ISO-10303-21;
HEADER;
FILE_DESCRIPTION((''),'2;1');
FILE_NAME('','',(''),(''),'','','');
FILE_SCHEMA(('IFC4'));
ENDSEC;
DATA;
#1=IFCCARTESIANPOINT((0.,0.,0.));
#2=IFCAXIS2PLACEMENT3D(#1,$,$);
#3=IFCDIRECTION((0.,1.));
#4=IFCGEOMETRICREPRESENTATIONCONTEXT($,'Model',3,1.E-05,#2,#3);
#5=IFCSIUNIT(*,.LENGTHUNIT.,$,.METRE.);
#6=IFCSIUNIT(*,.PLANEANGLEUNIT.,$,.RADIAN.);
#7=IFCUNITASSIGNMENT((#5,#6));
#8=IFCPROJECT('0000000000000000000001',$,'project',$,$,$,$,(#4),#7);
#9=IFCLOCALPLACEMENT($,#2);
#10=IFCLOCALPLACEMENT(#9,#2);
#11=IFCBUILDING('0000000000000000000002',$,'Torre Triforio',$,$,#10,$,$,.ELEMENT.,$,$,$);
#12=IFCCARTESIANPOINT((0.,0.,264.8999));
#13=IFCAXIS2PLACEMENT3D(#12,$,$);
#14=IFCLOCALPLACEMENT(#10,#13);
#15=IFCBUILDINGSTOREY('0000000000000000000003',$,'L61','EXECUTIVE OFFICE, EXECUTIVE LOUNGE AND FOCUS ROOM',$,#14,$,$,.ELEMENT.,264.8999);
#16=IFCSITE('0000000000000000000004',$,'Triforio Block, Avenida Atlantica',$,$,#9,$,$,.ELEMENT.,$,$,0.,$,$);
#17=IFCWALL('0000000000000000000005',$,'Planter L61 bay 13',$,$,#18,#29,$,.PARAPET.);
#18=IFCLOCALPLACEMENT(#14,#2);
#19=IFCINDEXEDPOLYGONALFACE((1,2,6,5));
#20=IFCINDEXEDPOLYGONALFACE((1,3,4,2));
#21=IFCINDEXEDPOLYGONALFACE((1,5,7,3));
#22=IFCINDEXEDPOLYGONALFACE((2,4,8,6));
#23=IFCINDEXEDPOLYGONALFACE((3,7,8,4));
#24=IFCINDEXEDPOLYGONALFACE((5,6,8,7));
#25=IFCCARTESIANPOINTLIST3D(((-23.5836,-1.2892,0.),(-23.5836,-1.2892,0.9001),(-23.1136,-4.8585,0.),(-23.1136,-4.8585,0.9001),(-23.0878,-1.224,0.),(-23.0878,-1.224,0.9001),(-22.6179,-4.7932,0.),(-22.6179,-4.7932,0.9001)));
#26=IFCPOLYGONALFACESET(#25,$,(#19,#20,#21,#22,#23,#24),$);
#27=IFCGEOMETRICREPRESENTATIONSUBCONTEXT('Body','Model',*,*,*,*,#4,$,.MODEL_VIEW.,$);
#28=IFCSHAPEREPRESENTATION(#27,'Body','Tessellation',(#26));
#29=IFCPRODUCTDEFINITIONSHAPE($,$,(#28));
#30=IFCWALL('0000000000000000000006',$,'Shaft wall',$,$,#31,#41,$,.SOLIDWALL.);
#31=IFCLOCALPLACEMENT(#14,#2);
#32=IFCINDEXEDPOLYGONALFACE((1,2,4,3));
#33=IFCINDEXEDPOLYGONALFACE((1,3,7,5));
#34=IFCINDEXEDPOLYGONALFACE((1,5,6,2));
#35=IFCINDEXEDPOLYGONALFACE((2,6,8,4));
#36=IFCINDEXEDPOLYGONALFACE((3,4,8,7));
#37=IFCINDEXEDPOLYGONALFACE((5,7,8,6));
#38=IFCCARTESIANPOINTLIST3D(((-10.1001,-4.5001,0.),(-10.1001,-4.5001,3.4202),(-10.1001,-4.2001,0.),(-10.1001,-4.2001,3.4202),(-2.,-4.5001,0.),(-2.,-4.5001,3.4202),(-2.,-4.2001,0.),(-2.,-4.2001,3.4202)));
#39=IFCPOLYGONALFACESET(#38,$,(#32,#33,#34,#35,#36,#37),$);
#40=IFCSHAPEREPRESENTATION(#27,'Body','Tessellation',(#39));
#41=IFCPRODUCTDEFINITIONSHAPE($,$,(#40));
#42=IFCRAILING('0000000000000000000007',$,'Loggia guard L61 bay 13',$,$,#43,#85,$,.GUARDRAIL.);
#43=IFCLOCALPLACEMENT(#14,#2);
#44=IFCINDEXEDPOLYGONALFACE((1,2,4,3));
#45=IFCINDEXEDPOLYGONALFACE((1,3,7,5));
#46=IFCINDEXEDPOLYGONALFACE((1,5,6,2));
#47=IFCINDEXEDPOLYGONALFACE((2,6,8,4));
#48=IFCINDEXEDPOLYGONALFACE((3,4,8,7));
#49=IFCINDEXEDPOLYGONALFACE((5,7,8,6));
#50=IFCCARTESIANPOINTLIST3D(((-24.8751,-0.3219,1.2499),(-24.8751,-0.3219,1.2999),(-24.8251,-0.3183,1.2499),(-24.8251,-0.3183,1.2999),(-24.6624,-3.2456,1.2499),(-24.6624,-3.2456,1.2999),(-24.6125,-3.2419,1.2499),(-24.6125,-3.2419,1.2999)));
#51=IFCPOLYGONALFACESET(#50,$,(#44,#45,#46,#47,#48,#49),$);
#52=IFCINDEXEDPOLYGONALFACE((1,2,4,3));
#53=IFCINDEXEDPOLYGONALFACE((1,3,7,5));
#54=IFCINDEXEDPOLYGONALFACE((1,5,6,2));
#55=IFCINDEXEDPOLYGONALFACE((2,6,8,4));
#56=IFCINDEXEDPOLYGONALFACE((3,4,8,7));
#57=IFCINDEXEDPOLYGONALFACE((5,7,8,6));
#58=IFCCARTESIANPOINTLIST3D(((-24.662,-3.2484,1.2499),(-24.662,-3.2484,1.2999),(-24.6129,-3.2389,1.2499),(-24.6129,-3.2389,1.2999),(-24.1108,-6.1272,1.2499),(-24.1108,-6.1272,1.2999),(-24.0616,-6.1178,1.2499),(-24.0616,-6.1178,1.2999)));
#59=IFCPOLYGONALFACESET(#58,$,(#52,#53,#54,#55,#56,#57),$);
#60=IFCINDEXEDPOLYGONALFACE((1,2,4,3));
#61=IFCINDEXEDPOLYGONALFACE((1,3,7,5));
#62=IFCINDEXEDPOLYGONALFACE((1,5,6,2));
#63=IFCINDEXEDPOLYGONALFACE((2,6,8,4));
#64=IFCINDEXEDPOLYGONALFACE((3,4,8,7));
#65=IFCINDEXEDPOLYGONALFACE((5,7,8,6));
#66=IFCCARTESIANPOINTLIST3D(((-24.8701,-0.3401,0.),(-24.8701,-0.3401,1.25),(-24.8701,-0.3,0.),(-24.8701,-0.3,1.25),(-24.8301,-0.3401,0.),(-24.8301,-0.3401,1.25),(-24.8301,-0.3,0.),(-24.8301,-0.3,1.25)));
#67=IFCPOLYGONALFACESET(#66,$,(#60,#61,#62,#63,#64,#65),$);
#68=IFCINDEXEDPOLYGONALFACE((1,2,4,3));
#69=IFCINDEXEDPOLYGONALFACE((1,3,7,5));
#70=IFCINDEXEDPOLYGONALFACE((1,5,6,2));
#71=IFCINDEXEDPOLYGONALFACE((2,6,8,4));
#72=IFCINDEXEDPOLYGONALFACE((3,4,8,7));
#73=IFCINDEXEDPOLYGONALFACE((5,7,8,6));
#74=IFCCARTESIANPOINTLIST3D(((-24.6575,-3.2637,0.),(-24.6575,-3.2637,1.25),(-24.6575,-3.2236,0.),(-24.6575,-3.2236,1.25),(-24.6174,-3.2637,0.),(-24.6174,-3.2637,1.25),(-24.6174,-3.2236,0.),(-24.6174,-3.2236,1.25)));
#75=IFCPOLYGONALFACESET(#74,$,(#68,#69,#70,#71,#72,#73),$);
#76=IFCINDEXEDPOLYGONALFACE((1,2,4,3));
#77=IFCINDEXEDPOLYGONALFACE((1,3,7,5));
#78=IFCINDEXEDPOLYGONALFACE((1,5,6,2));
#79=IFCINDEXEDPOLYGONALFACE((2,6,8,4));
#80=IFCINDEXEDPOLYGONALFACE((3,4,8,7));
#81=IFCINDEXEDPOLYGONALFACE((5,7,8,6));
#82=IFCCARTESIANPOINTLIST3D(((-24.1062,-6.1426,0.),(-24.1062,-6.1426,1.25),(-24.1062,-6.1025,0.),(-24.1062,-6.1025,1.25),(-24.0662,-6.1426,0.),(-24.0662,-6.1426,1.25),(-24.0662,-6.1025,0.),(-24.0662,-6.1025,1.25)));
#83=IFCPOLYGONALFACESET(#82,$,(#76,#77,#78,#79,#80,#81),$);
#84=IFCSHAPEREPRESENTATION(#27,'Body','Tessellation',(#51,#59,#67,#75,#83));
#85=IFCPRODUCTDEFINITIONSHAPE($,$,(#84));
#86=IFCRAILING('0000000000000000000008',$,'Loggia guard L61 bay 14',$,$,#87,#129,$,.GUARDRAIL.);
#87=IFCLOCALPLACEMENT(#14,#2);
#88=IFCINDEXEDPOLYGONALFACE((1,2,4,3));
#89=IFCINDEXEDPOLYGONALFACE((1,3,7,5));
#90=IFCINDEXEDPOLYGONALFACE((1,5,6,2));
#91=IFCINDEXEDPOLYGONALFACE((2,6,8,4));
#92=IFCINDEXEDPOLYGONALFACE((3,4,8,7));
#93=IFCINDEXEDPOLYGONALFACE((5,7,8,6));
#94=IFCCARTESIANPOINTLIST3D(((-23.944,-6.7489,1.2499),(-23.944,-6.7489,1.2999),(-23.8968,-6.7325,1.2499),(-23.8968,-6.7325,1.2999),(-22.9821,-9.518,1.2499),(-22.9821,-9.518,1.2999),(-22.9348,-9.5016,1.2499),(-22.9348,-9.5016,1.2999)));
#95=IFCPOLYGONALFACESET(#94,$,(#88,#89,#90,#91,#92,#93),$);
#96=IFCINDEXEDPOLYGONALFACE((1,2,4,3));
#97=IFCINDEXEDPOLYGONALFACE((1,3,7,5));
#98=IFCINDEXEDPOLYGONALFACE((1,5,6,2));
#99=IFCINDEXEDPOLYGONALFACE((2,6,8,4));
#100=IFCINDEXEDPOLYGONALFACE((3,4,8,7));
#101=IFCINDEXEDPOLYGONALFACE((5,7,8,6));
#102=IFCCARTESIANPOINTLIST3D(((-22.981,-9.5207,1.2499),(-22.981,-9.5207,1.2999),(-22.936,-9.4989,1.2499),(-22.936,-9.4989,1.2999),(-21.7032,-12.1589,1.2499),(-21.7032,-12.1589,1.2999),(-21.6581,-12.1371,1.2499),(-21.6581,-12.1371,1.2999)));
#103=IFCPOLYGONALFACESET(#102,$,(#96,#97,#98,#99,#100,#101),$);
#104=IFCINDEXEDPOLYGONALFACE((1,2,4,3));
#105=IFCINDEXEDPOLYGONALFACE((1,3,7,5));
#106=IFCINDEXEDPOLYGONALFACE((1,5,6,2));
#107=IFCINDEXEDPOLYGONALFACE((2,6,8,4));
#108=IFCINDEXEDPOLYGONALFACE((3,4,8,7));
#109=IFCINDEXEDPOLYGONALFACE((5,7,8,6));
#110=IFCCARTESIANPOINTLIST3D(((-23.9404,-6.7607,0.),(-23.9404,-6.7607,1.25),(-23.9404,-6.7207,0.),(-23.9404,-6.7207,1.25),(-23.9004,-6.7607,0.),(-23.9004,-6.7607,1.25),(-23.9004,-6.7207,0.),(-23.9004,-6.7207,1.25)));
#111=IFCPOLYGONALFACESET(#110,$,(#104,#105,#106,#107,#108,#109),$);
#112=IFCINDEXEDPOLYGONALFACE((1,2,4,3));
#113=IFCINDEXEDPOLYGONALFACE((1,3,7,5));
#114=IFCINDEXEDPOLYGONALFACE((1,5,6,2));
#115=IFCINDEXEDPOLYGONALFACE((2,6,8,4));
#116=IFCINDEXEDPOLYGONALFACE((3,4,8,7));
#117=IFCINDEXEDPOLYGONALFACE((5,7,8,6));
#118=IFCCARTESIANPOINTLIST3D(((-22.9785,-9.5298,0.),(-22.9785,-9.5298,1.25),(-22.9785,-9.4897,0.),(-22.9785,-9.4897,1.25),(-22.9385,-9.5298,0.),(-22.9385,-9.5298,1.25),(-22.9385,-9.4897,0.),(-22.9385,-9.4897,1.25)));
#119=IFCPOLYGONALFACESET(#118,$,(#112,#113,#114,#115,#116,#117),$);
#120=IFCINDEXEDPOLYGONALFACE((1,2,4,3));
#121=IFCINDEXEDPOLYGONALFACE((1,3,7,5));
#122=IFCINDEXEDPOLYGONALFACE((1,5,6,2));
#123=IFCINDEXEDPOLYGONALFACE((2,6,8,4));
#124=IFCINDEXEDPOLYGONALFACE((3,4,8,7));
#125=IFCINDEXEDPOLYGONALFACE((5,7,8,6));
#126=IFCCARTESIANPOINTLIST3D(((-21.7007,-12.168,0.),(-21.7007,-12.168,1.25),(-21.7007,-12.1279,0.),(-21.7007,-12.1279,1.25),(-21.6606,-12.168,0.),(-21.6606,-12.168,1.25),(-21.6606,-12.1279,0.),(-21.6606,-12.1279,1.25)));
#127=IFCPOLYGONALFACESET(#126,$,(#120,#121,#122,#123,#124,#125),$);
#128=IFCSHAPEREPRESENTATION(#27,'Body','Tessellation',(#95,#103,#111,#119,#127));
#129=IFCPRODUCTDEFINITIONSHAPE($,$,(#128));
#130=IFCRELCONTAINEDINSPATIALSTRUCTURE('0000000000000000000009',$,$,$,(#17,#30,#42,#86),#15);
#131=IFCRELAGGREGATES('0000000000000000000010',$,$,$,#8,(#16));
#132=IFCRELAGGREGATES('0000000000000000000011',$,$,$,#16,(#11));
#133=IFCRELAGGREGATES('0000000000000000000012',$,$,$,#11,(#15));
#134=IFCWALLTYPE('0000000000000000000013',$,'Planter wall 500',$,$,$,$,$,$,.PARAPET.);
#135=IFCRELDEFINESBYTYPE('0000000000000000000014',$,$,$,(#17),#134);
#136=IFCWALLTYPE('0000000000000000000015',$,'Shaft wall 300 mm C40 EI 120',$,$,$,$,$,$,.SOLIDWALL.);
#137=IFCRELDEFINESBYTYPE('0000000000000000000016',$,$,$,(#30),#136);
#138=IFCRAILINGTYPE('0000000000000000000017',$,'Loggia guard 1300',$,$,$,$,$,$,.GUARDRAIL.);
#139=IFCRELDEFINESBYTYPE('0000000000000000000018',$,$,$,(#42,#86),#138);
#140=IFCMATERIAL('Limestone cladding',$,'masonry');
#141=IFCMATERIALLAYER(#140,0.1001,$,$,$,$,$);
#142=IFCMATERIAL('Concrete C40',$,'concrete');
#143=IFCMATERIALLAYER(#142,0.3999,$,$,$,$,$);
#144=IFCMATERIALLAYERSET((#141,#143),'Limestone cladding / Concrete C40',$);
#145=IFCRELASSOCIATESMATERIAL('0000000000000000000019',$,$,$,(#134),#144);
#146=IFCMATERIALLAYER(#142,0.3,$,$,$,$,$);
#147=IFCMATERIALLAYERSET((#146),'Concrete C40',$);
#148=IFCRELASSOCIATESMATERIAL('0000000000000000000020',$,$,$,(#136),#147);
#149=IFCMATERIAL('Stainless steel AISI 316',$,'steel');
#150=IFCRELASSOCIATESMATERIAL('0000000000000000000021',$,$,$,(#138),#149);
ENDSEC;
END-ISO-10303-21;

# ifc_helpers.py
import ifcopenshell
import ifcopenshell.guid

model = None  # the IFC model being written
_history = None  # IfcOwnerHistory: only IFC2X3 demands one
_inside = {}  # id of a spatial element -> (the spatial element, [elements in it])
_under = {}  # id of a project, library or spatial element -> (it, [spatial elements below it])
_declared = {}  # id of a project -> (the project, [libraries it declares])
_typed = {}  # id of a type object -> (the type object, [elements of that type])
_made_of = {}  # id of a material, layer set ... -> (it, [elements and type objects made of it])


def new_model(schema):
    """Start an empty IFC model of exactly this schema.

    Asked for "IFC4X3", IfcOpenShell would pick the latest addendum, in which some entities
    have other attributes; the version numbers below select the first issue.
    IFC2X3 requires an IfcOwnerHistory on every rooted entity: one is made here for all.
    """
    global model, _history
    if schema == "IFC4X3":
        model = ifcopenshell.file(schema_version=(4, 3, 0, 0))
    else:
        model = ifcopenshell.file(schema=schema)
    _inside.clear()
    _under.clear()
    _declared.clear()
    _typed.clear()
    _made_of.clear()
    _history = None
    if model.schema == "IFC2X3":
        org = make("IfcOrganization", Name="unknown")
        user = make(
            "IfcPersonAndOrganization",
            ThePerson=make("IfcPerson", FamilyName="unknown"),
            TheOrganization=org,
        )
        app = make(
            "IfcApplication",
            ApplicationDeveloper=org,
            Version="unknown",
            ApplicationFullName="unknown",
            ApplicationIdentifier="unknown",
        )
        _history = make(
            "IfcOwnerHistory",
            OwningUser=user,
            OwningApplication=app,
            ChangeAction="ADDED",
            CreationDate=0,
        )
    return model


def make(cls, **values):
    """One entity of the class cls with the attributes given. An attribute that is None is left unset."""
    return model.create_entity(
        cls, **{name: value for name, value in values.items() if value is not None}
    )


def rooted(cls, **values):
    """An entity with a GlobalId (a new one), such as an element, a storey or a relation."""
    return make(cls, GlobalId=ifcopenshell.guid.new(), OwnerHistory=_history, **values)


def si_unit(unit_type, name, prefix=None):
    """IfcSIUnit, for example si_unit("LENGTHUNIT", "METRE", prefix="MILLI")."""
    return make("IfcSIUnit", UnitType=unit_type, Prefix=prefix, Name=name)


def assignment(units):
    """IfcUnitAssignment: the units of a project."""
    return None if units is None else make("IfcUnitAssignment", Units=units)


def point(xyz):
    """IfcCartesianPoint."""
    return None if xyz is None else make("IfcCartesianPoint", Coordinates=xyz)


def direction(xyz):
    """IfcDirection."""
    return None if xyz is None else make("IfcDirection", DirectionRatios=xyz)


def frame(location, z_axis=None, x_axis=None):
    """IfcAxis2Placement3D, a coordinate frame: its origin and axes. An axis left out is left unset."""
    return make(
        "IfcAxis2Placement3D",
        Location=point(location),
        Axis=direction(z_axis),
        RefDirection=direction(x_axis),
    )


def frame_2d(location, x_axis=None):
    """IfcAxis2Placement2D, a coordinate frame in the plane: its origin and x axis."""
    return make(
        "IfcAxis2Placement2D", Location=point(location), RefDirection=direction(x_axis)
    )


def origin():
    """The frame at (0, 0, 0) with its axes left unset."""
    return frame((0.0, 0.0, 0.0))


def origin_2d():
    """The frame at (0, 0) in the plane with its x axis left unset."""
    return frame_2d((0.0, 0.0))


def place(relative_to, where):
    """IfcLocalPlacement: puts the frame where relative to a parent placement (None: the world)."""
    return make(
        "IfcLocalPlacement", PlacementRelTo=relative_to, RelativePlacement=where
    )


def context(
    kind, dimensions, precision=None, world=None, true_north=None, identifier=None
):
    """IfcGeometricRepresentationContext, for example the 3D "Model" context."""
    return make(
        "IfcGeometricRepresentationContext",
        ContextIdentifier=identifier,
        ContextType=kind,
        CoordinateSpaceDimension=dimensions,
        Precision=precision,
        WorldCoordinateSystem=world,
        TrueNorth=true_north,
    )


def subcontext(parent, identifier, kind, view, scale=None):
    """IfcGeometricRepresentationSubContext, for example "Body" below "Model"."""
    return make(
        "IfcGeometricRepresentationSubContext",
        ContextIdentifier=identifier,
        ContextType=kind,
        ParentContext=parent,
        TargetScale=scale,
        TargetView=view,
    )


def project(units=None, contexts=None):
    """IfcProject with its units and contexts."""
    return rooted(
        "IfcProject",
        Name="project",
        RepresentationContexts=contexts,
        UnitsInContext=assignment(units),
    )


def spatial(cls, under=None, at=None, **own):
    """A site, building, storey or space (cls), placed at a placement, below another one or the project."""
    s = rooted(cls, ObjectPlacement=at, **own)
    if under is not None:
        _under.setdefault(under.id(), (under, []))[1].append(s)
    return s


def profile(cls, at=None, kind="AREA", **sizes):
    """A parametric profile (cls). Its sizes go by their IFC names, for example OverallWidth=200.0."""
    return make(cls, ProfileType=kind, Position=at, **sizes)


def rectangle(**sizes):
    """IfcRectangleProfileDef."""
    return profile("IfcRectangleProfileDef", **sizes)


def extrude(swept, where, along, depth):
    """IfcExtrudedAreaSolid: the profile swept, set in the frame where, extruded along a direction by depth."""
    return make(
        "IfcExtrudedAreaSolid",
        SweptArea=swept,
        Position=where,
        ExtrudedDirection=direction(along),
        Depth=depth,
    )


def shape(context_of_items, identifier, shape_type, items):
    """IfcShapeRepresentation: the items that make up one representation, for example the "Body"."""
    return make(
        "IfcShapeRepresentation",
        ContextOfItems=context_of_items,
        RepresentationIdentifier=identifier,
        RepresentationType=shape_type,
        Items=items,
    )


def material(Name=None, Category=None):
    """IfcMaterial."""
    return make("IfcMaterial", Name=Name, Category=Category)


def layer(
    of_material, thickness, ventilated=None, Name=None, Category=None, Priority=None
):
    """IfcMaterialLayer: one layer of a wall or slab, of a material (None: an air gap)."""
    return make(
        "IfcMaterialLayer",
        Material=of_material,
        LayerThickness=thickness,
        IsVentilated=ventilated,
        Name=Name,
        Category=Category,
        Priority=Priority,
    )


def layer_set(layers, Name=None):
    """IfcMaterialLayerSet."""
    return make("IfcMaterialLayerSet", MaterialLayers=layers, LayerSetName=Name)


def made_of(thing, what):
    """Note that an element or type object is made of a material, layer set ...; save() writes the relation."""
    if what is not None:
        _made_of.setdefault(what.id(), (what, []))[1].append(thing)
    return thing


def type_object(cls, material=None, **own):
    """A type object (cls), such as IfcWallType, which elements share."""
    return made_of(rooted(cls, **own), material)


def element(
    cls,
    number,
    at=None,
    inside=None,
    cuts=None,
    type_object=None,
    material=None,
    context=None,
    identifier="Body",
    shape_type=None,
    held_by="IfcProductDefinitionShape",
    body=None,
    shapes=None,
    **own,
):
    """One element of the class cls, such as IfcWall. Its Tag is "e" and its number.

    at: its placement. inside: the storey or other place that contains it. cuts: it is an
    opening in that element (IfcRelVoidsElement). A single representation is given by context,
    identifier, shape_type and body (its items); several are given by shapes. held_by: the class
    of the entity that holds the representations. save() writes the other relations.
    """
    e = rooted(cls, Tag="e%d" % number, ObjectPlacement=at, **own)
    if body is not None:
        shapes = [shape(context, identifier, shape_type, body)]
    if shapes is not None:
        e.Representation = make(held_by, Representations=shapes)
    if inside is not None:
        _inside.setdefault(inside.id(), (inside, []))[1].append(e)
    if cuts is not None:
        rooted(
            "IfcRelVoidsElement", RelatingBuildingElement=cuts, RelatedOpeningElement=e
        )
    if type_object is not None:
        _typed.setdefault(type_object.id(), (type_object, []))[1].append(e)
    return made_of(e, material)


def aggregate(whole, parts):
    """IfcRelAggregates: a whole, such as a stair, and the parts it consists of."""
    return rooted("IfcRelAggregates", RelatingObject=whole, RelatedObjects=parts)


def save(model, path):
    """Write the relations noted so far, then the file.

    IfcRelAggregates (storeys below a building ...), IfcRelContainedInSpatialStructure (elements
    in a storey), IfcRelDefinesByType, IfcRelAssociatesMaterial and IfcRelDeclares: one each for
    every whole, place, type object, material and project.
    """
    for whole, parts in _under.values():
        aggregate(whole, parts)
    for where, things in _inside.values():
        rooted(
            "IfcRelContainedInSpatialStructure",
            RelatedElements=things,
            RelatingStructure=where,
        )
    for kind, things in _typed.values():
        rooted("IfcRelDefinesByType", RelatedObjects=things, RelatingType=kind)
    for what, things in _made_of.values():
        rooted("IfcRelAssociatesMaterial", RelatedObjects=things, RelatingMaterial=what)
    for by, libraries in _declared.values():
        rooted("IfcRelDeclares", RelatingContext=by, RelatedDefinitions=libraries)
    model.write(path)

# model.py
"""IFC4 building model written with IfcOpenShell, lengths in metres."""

from ifc_helpers import new_model, si_unit, direction, frame, frame_2d, origin, origin_2d, place, context, subcontext, project, spatial, rectangle, extrude, material, layer, layer_set, type_object, element, save


model = new_model("IFC4")

# Units and contexts
model_context = context("Model", 3, precision=1e-05, world=origin(), true_north=direction((0.0, 1.0)))
body_context = subcontext(model_context, "Body", "Model", "MODEL_VIEW")
ifc_project = project(units=[si_unit("LENGTHUNIT", "METRE"), si_unit("PLANEANGLEUNIT", "RADIAN")], contexts=[model_context])

# Site, building, storey
site_placement = place(None, origin())
site = spatial("IfcSite", under=ifc_project, at=site_placement, Name="Triforio Block, Avenida Atlantica", CompositionType="ELEMENT", RefElevation=0.0)
building_placement = place(site_placement, origin())
building = spatial("IfcBuilding", under=site, at=building_placement, Name="Torre Triforio", CompositionType="ELEMENT")
storey_placement = place(building_placement, frame((0.0, 0.0, 264.8999)))
storey = spatial("IfcBuildingStorey", under=building, at=storey_placement, Name="L61", Description="EXECUTIVE OFFICE, EXECUTIVE LOUNGE AND FOCUS ROOM", CompositionType="ELEMENT", Elevation=264.8999)

# Shared definitions
ifc_material_1 = material(Name="Concrete C40", Category="concrete")

# Walls
ifc_material_2 = material(Name="Limestone cladding", Category="masonry")
ifc_layer_1 = layer(ifc_material_2, 0.1001)
ifc_layer_2 = layer(ifc_material_1, 0.3999)
ifc_layer_set_1 = layer_set([ifc_layer_1, ifc_layer_2], Name="Limestone cladding / Concrete C40")
wall_type_1 = type_object("IfcWallType", Name="Planter wall 500", PredefinedType="PARAPET", material=ifc_layer_set_1)
wall_1_placement = place(storey_placement, frame((-23.3357, -1.2566, 0.0), z_axis=(0.0, 0.0, 1.0), x_axis=(0.130542, -0.991443, 0.0)))
element("IfcWall", 1, at=wall_1_placement, inside=storey, type_object=wall_type_1, Name="Planter L61 bay 13", PredefinedType="PARAPET", context=body_context, shape_type="SweptSolid", body=[
    extrude(rectangle(XDim=3.6001, YDim=0.5, at=frame_2d((1.8, 0.0))), origin(), (0.0, 0.0, 1.0), 0.9001),
])
ifc_layer_3 = layer(ifc_material_1, 0.3)
ifc_layer_set_2 = layer_set([ifc_layer_3], Name="Concrete C40")
wall_type_2 = type_object("IfcWallType", Name="Shaft wall 300 mm C40 EI 120", PredefinedType="SOLIDWALL", material=ifc_layer_set_2)
wall_2_placement = place(storey_placement, frame((-10.1001, -4.3501, 0.0), z_axis=(0.0, 0.0, 1.0), x_axis=(1.0, 0.0, 0.0)))
element("IfcWall", 2, at=wall_2_placement, inside=storey, type_object=wall_type_2, Name="Shaft wall", PredefinedType="SOLIDWALL", context=body_context, shape_type="SweptSolid", body=[
    extrude(rectangle(XDim=8.1001, YDim=0.3, at=frame_2d((4.05, 0.0))), origin(), (0.0, 0.0, 1.0), 3.4202),
])

# Railings
ifc_material_3 = material(Name="Stainless steel AISI 316", Category="steel")
railing_type = type_object("IfcRailingType", Name="Loggia guard 1300", PredefinedType="GUARDRAIL", material=ifc_material_3)
railing_1_placement = place(storey_placement, frame((-24.8501, -0.3201, 0.0)))
element("IfcRailing", 3, at=railing_1_placement, inside=storey, type_object=railing_type, Name="Loggia guard L61 bay 13", PredefinedType="GUARDRAIL", context=body_context, shape_type="SweptSolid", body=[
    extrude(rectangle(XDim=0.05, YDim=0.05, at=origin_2d()), frame((0.0, 0.0, 1.2749), z_axis=(0.072543, -0.997365, 0.0), x_axis=(0.997365, 0.072543, 0.0)), (0.0, 0.0, 1.0), 2.9314),
    extrude(rectangle(XDim=0.05, YDim=0.05, at=origin_2d()), frame((0.2126, -2.9236, 1.2749), z_axis=(0.188069, -0.982156, 0.0), x_axis=(0.982156, 0.188069, 0.0)), (0.0, 0.0, 1.0), 2.9312),
    extrude(rectangle(XDim=0.04, YDim=0.04, at=origin_2d()), origin(), (0.0, 0.0, 1.0), 1.25),
    extrude(rectangle(XDim=0.04, YDim=0.04, at=origin_2d()), frame((0.2126, -2.9236, 0.0)), (0.0, 0.0, 1.0), 1.25),
    extrude(rectangle(XDim=0.04, YDim=0.04, at=origin_2d()), frame((0.7639, -5.8025, 0.0)), (0.0, 0.0, 1.0), 1.25),
])
railing_2_placement = place(storey_placement, frame((-23.9204, -6.7407, 0.0)))
element("IfcRailing", 4, at=railing_2_placement, inside=storey, type_object=railing_type, Name="Loggia guard L61 bay 14", PredefinedType="GUARDRAIL", context=body_context, shape_type="SweptSolid", body=[
    extrude(rectangle(XDim=0.05, YDim=0.05, at=origin_2d()), frame((0.0, 0.0, 1.2749), z_axis=(0.328146, -0.944627, 0.0), x_axis=(0.944627, 0.328146, 0.0)), (0.0, 0.0, 1.0), 2.9314),
    extrude(rectangle(XDim=0.05, YDim=0.05, at=origin_2d()), frame((0.9619, -2.769, 1.2749), z_axis=(0.435918, -0.899986, 0.0), x_axis=(0.899986, 0.435918, 0.0)), (0.0, 0.0, 1.0), 2.9314),
    extrude(rectangle(XDim=0.04, YDim=0.04, at=origin_2d()), origin(), (0.0, 0.0, 1.0), 1.25),
    extrude(rectangle(XDim=0.04, YDim=0.04, at=origin_2d()), frame((0.9619, -2.769, 0.0)), (0.0, 0.0, 1.0), 1.25),
    extrude(rectangle(XDim=0.04, YDim=0.04, at=origin_2d()), frame((2.2397, -5.4072, 0.0)), (0.0, 0.0, 1.0), 1.25),
])

save(model, "model.ifc")
